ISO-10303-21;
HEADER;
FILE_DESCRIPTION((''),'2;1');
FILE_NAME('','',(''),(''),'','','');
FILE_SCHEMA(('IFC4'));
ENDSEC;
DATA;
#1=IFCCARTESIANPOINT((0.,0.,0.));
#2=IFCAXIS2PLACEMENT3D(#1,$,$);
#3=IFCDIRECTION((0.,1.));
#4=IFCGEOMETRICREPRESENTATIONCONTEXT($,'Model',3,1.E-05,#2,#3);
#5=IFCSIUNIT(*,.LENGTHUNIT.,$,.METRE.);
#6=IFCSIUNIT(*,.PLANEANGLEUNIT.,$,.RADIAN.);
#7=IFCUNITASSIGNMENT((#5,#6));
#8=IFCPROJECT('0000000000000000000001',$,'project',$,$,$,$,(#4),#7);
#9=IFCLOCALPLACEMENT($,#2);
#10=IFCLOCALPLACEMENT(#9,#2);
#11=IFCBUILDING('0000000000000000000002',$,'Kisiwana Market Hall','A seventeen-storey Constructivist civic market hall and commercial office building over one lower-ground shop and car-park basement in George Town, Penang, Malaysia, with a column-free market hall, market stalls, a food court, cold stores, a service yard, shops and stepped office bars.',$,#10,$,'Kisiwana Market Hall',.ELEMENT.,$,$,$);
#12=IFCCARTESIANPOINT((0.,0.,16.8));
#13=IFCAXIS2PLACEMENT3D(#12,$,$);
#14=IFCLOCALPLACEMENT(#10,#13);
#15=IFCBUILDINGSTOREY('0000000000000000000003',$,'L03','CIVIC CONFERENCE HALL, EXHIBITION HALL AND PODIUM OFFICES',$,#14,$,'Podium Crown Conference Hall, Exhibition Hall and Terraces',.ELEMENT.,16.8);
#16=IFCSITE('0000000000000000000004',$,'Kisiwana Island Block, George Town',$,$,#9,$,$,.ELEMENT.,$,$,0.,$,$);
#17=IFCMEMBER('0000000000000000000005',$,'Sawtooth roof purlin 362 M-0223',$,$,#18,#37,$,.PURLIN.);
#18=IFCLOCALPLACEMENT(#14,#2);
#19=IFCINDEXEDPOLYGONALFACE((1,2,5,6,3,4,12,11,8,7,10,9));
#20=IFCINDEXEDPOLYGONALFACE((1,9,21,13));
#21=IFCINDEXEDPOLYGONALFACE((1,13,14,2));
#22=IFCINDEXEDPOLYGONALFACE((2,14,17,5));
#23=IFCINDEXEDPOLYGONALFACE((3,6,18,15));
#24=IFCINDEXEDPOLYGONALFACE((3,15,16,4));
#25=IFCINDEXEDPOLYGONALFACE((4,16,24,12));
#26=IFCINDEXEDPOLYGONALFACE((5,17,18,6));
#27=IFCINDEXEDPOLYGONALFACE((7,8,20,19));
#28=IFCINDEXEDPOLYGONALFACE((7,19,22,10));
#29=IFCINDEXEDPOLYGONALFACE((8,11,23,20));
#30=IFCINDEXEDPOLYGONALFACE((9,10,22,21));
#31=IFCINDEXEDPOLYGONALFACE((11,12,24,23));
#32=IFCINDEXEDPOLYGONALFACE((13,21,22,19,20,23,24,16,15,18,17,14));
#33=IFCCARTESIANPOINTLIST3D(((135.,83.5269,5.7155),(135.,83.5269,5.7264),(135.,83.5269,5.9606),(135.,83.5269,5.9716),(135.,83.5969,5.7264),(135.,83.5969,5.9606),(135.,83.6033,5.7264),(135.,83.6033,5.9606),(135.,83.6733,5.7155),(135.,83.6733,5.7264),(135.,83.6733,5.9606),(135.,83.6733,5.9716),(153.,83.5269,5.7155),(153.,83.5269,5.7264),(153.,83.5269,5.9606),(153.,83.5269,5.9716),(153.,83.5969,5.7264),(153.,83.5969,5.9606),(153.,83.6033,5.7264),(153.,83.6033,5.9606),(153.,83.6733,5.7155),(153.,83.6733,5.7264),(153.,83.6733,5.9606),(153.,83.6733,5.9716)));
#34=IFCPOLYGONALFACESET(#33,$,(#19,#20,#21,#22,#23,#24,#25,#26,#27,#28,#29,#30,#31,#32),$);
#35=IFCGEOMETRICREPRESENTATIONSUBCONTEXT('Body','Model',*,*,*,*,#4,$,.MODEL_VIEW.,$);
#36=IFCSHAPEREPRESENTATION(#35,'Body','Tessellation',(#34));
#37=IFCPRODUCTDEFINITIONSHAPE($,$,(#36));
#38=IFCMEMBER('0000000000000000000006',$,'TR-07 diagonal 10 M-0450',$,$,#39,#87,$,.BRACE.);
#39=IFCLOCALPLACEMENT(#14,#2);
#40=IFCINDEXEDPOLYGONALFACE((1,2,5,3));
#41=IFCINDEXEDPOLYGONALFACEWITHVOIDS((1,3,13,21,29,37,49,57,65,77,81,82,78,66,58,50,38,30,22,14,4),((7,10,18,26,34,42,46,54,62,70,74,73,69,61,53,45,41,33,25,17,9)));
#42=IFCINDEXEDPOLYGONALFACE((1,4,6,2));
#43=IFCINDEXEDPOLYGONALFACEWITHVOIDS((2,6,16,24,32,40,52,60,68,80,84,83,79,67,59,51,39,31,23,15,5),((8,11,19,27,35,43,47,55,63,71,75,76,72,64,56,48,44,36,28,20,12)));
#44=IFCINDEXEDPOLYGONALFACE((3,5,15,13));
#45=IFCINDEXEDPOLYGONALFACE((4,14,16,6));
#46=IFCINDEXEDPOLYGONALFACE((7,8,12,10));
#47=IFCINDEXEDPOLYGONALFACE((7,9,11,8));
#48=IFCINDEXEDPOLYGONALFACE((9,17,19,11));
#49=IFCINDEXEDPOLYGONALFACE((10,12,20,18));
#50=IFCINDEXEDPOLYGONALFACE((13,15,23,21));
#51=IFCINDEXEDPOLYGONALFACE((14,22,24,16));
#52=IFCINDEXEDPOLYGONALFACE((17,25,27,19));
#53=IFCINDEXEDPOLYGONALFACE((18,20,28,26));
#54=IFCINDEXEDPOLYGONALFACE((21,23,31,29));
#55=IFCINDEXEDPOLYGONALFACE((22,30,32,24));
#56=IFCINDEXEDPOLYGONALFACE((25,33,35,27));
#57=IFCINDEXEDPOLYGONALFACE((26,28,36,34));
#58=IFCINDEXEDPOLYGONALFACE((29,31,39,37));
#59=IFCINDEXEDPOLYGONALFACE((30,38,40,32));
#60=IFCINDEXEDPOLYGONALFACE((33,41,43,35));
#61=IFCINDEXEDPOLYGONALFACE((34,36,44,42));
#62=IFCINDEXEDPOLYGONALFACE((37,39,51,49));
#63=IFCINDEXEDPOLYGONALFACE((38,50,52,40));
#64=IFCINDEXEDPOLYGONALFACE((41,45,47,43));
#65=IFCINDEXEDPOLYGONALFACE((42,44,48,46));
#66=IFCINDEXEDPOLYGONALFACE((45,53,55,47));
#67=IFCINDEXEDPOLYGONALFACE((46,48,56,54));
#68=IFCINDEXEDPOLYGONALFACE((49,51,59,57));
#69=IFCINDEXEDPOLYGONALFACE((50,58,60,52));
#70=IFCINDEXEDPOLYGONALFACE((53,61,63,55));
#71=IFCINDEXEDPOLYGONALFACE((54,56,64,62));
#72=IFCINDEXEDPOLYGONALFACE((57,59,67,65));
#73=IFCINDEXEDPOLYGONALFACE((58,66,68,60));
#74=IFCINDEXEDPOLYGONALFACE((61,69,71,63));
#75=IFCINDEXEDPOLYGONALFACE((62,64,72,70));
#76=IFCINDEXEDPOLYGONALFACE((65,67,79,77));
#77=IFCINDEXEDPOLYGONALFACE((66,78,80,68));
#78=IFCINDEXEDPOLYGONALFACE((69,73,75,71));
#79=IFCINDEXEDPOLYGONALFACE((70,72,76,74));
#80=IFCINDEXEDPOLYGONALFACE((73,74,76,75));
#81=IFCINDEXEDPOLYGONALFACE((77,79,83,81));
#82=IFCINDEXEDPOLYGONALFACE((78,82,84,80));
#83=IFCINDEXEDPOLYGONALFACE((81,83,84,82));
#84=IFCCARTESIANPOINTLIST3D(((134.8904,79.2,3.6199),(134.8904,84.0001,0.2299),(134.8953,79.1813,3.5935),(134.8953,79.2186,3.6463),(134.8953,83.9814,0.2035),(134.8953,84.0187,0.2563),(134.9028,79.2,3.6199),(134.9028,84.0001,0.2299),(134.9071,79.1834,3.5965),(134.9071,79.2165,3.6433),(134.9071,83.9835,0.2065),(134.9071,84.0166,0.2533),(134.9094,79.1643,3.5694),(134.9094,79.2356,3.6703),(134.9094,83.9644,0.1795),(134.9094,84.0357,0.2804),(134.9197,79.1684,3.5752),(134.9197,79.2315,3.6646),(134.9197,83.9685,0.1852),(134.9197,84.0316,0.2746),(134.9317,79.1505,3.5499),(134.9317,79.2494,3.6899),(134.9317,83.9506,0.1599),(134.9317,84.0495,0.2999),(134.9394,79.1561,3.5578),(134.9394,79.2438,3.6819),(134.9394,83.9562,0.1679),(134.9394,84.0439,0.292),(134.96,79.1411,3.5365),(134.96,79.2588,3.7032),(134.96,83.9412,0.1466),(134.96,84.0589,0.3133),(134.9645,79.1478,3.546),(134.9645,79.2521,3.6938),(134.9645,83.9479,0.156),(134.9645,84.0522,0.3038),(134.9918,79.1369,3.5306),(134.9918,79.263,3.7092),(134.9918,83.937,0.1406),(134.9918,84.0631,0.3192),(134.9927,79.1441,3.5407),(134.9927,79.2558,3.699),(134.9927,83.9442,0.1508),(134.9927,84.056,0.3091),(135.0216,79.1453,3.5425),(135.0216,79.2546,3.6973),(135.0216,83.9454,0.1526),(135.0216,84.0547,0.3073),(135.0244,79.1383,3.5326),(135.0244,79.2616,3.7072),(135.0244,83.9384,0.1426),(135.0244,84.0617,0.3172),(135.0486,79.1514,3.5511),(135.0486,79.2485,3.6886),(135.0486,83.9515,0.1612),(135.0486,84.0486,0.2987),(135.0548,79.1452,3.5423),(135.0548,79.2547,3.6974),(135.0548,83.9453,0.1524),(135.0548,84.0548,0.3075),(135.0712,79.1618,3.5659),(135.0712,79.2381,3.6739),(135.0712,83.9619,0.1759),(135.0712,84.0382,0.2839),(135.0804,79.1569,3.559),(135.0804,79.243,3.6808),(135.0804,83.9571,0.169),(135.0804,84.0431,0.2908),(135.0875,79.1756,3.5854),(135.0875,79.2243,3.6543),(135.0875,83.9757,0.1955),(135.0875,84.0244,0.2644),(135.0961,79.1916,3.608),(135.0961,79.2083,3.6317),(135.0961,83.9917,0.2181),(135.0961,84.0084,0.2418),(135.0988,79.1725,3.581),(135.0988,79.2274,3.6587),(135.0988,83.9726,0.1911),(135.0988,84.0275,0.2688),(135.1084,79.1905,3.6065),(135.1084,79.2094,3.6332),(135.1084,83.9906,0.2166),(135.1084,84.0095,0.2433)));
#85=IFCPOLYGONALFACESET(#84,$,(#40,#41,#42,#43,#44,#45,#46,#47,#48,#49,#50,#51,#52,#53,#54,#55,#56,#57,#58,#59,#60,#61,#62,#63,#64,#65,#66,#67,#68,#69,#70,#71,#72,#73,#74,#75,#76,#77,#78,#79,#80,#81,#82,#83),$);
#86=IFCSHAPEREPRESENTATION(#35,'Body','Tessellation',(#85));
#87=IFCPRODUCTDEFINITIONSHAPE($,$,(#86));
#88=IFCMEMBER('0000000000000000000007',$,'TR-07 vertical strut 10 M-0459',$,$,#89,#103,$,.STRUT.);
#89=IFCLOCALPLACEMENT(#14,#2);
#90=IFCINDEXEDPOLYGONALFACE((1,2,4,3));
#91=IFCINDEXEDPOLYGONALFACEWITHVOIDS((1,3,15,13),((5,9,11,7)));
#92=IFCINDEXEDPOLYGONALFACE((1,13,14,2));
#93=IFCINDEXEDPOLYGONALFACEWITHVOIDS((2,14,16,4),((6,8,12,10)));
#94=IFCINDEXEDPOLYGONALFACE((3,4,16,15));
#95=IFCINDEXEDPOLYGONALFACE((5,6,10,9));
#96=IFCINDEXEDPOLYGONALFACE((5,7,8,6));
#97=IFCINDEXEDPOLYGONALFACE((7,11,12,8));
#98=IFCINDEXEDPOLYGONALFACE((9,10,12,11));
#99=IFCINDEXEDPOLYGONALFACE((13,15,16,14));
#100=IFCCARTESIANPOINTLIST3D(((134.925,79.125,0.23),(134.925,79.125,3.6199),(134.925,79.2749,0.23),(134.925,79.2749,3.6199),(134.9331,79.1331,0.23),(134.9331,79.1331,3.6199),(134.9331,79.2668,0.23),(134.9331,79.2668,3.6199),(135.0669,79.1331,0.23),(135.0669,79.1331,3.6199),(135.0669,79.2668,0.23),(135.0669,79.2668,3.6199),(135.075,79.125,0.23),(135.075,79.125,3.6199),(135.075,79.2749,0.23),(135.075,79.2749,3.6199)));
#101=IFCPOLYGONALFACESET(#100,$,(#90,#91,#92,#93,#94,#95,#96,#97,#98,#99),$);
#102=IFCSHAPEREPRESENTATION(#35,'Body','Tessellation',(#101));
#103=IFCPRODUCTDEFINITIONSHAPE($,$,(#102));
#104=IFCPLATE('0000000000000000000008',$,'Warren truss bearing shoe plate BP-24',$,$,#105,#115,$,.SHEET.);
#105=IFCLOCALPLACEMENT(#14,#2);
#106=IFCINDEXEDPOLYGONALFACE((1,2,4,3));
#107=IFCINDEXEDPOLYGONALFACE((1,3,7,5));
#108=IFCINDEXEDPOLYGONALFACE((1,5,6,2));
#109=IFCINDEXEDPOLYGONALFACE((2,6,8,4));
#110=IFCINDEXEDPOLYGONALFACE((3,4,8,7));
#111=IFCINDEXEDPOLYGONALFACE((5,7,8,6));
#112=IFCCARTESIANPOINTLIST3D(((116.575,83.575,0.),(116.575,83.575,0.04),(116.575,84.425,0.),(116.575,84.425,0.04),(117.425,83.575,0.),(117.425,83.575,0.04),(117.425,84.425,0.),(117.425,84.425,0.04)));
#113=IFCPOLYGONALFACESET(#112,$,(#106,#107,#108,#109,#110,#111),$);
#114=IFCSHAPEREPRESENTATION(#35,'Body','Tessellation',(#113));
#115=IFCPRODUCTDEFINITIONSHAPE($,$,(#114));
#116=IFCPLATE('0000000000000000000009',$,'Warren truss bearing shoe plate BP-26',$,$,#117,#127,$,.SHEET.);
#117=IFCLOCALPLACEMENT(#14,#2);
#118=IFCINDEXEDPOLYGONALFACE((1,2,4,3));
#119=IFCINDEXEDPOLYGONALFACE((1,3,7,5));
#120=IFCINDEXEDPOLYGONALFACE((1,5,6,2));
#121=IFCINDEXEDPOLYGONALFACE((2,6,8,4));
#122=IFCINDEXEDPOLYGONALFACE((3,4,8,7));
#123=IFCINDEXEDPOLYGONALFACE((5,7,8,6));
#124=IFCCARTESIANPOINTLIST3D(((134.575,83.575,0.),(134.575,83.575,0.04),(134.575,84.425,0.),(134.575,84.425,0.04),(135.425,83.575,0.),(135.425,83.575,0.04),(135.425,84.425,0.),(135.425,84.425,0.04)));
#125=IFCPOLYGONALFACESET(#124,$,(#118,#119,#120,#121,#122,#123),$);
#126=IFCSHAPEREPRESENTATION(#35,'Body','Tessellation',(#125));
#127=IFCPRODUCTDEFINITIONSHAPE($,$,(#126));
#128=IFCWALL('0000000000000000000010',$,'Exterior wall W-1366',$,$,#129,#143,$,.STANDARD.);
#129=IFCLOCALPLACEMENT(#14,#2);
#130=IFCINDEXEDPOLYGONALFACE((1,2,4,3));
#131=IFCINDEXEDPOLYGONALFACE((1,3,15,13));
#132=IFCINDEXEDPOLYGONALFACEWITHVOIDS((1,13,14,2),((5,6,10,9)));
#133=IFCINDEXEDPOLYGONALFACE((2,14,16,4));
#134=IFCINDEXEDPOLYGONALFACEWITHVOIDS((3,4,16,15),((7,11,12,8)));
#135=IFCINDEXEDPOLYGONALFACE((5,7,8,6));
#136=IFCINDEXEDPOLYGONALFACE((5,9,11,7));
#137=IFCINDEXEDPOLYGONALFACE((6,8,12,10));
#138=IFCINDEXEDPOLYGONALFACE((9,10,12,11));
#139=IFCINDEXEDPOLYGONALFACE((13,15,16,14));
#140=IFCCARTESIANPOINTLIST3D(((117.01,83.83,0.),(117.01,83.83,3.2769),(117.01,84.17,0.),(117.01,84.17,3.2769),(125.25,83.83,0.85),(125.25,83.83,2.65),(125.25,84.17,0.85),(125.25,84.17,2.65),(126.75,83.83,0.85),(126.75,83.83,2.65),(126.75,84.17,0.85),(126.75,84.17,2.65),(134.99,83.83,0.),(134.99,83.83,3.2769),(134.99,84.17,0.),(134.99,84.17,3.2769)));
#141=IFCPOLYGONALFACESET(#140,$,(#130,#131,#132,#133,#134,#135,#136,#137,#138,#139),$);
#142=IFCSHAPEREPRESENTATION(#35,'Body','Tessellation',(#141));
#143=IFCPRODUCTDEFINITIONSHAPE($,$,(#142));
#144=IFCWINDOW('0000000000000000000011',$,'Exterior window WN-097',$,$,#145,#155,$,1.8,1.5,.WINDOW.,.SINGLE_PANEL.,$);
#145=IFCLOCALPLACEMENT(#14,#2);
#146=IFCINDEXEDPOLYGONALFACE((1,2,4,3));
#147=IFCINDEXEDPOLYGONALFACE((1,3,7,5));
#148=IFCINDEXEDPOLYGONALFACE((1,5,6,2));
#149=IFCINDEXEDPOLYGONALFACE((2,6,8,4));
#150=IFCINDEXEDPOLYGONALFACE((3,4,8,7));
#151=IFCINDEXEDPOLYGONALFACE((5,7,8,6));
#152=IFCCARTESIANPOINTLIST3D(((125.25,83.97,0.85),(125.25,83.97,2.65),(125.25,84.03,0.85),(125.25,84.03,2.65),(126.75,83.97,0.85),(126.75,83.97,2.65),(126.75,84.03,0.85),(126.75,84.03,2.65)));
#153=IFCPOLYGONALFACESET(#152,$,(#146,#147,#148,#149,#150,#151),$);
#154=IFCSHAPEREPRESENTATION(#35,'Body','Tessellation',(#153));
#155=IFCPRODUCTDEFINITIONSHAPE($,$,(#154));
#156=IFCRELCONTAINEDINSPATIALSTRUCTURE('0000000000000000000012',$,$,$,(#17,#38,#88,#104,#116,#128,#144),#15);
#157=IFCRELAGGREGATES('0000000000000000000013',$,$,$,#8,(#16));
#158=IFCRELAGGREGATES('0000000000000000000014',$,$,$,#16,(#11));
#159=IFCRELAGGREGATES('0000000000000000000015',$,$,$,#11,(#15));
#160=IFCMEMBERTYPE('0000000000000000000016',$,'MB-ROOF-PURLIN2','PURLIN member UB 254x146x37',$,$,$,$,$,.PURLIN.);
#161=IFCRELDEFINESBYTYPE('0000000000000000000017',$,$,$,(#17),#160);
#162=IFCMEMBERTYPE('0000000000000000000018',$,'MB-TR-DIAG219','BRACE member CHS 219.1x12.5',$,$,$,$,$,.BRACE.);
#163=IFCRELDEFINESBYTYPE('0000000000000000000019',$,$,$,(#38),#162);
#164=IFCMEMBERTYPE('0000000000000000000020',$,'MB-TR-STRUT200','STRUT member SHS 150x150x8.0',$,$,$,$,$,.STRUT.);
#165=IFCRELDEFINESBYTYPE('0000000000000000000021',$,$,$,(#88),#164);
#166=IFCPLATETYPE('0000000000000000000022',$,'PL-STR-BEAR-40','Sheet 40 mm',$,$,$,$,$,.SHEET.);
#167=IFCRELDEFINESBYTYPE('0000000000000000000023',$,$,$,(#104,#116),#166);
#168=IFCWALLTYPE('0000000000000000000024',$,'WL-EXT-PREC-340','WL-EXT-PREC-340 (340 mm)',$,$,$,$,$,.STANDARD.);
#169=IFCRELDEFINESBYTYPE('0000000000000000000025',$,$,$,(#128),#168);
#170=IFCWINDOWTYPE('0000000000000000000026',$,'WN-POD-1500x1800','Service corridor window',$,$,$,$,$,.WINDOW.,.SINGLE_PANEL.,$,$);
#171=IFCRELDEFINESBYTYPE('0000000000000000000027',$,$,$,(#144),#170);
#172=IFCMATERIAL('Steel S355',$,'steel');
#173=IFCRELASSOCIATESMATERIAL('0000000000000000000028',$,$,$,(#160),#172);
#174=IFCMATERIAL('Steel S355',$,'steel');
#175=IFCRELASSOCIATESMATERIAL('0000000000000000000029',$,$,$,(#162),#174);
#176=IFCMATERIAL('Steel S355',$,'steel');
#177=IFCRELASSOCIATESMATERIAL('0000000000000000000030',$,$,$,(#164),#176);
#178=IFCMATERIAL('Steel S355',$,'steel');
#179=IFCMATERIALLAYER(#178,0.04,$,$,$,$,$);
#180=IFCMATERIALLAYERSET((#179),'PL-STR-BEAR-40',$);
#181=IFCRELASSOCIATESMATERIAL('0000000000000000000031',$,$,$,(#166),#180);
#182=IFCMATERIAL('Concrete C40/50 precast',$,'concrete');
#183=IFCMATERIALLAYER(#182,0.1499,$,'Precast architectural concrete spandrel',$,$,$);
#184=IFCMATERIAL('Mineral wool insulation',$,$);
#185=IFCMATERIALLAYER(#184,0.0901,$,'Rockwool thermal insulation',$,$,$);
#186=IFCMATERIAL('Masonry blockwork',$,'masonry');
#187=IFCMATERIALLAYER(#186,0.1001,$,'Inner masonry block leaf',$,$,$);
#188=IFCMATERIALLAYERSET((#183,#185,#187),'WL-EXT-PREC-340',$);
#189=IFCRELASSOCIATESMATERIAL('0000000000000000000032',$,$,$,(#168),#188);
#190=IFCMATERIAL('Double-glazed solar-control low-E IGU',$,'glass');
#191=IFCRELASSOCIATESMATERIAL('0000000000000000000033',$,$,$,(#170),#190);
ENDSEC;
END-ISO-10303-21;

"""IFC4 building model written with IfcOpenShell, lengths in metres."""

from ifc_helpers import new_model, si_unit, direction, frame, frame_2d, origin, origin_2d, place, context, subcontext, project, spatial, rectangle, hollow_rectangle, hollow_circle, i_section, extrude, material, layer, layer_set, material_profile, profile_set, type_object, element, fill, save


model = new_model("IFC4")

# Units and contexts
model_context = context("Model", 3, precision=1e-05, world=origin(), true_north=direction((0.0, 1.0)))
body_context = subcontext(model_context, "Body", "Model", "MODEL_VIEW")
ifc_project = project(units=[si_unit("LENGTHUNIT", "METRE"), si_unit("PLANEANGLEUNIT", "RADIAN")], contexts=[model_context])

# Site, building, storey
site_placement = place(None, origin())
site = spatial("IfcSite", under=ifc_project, at=site_placement, Name="Kisiwana Island Block, George Town", CompositionType="ELEMENT", RefElevation=0.0)
building_placement = place(site_placement, origin())
building = spatial("IfcBuilding", under=site, at=building_placement, Name="Kisiwana Market Hall", Description="A seventeen-storey Constructivist civic market hall and commercial office building over one lower-ground shop and car-park basement in George Town, Penang, Malaysia, with a column-free market hall, market stalls, a food court, cold stores, a service yard, shops and stepped office bars.", LongName="Kisiwana Market Hall", CompositionType="ELEMENT")
storey_placement = place(building_placement, frame((0.0, 0.0, 16.8)))
storey = spatial("IfcBuildingStorey", under=building, at=storey_placement, Name="L03", Description="CIVIC CONFERENCE HALL, EXHIBITION HALL AND PODIUM OFFICES", LongName="Podium Crown Conference Hall, Exhibition Hall and Terraces", CompositionType="ELEMENT", Elevation=16.8)

# Members
ifc_material_1 = material(Name="Steel S355", Category="steel")
ifc_material_profile_1 = material_profile(ifc_material_1, i_section(OverallWidth=0.1465, OverallDepth=0.2561, WebThickness=0.0063, FlangeThickness=0.011, at=origin_2d()), Name="UB 254x146x37")
ifc_profile_set_1 = profile_set([ifc_material_profile_1], Name="Steel S355")
member_type_1 = type_object("IfcMemberType", Name="MB-ROOF-PURLIN2", Description="PURLIN member UB 254x146x37", PredefinedType="PURLIN", material=ifc_profile_set_1)
for number, where, z_axis, x_axis, name in (
    (1, (135.0, 83.6001, 5.8435), (1.0, 0.0, 0.0), (0.0, 1.0, 0.0), "Sawtooth roof purlin 362 M-0223"),
):
    element("IfcMember", number, at=place(storey_placement, frame(where, z_axis=z_axis, x_axis=x_axis)), inside=storey, type_object=member_type_1, Name=name, PredefinedType="PURLIN", context=body_context, shape_type="SweptSolid", body=[
        extrude(i_section(OverallWidth=0.1465, OverallDepth=0.2561, WebThickness=0.0063, FlangeThickness=0.011, at=origin_2d()), origin(), (0.0, 0.0, 1.0), 18.0),
    ])
ifc_material_2 = material(Name="Steel S355", Category="steel")
ifc_material_profile_2 = material_profile(ifc_material_2, hollow_circle(Radius=0.1096, WallThickness=0.0125, at=origin_2d()), Name="CHS 219.1x12.5")
ifc_profile_set_2 = profile_set([ifc_material_profile_2], Name="Steel S355")
member_type_2 = type_object("IfcMemberType", Name="MB-TR-DIAG219", Description="BRACE member CHS 219.1x12.5", PredefinedType="BRACE", material=ifc_profile_set_2)
member_1_placement = place(storey_placement, frame((135.0, 79.2, 3.6199), z_axis=(0.0, 0.816838, -0.576868), x_axis=(-1.0, 0.0, 0.0)))
element("IfcMember", 2, at=member_1_placement, inside=storey, type_object=member_type_2, Name="TR-07 diagonal 10 M-0450", PredefinedType="BRACE", context=body_context, shape_type="SweptSolid", body=[
    extrude(hollow_circle(Radius=0.1096, WallThickness=0.0125, at=origin_2d()), origin(), (0.0, 0.0, 1.0), 5.8765),
])
ifc_material_3 = material(Name="Steel S355", Category="steel")
ifc_material_profile_3 = material_profile(ifc_material_3, hollow_rectangle(XDim=0.1499, YDim=0.1499, WallThickness=0.0081, at=origin_2d()), Name="SHS 150x150x8.0")
ifc_profile_set_3 = profile_set([ifc_material_profile_3], Name="Steel S355")
member_type_3 = type_object("IfcMemberType", Name="MB-TR-STRUT200", Description="STRUT member SHS 150x150x8.0", PredefinedType="STRUT", material=ifc_profile_set_3)
member_2_placement = place(storey_placement, frame((135.0, 79.2, 0.23), z_axis=(0.0, 0.0, 1.0), x_axis=(1.0, 0.0, 0.0)))
element("IfcMember", 3, at=member_2_placement, inside=storey, type_object=member_type_3, Name="TR-07 vertical strut 10 M-0459", PredefinedType="STRUT", context=body_context, shape_type="SweptSolid", body=[
    extrude(hollow_rectangle(XDim=0.1499, YDim=0.1499, WallThickness=0.0081, at=origin_2d()), origin(), (0.0, 0.0, 1.0), 3.3899),
])

# Plates
ifc_material_4 = material(Name="Steel S355", Category="steel")
ifc_layer_1 = layer(ifc_material_4, 0.04)
ifc_layer_set_1 = layer_set([ifc_layer_1], Name="PL-STR-BEAR-40")
plate_type = type_object("IfcPlateType", Name="PL-STR-BEAR-40", Description="Sheet 40 mm", PredefinedType="SHEET", material=ifc_layer_set_1)
for number, where, z_axis, x_axis, name in (
    (4, (117.0, 84.0, 0.0), (0.0, 0.0, 1.0), (1.0, 0.0, 0.0), "Warren truss bearing shoe plate BP-24"),
    (5, (135.0, 84.0, 0.0), (0.0, 0.0, 1.0), (1.0, 0.0, 0.0), "Warren truss bearing shoe plate BP-26"),
):
    element("IfcPlate", number, at=place(storey_placement, frame(where, z_axis=z_axis, x_axis=x_axis)), inside=storey, type_object=plate_type, Name=name, PredefinedType="SHEET", context=body_context, shape_type="SweptSolid", body=[
        extrude(rectangle(XDim=0.8501, YDim=0.8501, at=origin_2d()), origin(), (0.0, 0.0, 1.0), 0.04),
    ])

# Wall, opening, window
ifc_material_5 = material(Name="Concrete C40/50 precast", Category="concrete")
ifc_layer_2 = layer(ifc_material_5, 0.1499, Name="Precast architectural concrete spandrel")
ifc_material_6 = material(Name="Mineral wool insulation")
ifc_layer_3 = layer(ifc_material_6, 0.0901, Name="Rockwool thermal insulation")
ifc_material_7 = material(Name="Masonry blockwork", Category="masonry")
ifc_layer_4 = layer(ifc_material_7, 0.1001, Name="Inner masonry block leaf")
ifc_layer_set_2 = layer_set([ifc_layer_2, ifc_layer_3, ifc_layer_4], Name="WL-EXT-PREC-340")
wall_type = type_object("IfcWallType", Name="WL-EXT-PREC-340", Description="WL-EXT-PREC-340 (340 mm)", PredefinedType="STANDARD", material=ifc_layer_set_2)
wall_1_placement = place(storey_placement, frame((117.01, 84.0, 0.0), z_axis=(0.0, 0.0, 1.0), x_axis=(1.0, 0.0, 0.0)))
wall_1 = element("IfcWall", 6, at=wall_1_placement, inside=storey, type_object=wall_type, Name="Exterior wall W-1366", PredefinedType="STANDARD", context=body_context, shape_type="SweptSolid", body=[
    extrude(rectangle(XDim=17.98, YDim=0.3401, at=frame_2d((8.99, 0.0))), origin(), (0.0, 0.0, 1.0), 3.2769),
])
opening_1_placement = place(wall_1_placement, frame((8.24, 0.0, 0.8501)))
opening_1 = element("IfcOpeningElement", 7, at=opening_1_placement, cuts=wall_1, PredefinedType="OPENING", context=body_context, shape_type="SweptSolid", body=[
    extrude(rectangle(XDim=1.5, YDim=1.8, at=frame_2d((0.75, 0.8999))), frame((0.0, 0.1821, 0.0), z_axis=(0.0, -1.0, 0.0), x_axis=(1.0, 0.0, 0.0)), (0.0, 0.0, 1.0), 0.364),
])
ifc_material_8 = material(Name="Double-glazed solar-control low-E IGU", Category="glass")
window_type = type_object("IfcWindowType", Name="WN-POD-1500x1800", Description="Service corridor window", PartitioningType="SINGLE_PANEL", PredefinedType="WINDOW", material=ifc_material_8)
window_1_placement = place(opening_1_placement, origin())
window_1 = element("IfcWindow", 8, at=window_1_placement, inside=storey, type_object=window_type, Name="Exterior window WN-097", OverallHeight=1.8, OverallWidth=1.5, PartitioningType="SINGLE_PANEL", PredefinedType="WINDOW", context=body_context, shape_type="SweptSolid", body=[
    extrude(rectangle(XDim=1.5, YDim=1.8, at=frame_2d((0.75, 0.8999))), frame((0.0, 0.03, 0.0), z_axis=(0.0, -1.0, 0.0), x_axis=(1.0, 0.0, 0.0)), (0.0, 0.0, 1.0), 0.0601),
])
fill(opening_1, window_1)

save(model, "model.ifc")
